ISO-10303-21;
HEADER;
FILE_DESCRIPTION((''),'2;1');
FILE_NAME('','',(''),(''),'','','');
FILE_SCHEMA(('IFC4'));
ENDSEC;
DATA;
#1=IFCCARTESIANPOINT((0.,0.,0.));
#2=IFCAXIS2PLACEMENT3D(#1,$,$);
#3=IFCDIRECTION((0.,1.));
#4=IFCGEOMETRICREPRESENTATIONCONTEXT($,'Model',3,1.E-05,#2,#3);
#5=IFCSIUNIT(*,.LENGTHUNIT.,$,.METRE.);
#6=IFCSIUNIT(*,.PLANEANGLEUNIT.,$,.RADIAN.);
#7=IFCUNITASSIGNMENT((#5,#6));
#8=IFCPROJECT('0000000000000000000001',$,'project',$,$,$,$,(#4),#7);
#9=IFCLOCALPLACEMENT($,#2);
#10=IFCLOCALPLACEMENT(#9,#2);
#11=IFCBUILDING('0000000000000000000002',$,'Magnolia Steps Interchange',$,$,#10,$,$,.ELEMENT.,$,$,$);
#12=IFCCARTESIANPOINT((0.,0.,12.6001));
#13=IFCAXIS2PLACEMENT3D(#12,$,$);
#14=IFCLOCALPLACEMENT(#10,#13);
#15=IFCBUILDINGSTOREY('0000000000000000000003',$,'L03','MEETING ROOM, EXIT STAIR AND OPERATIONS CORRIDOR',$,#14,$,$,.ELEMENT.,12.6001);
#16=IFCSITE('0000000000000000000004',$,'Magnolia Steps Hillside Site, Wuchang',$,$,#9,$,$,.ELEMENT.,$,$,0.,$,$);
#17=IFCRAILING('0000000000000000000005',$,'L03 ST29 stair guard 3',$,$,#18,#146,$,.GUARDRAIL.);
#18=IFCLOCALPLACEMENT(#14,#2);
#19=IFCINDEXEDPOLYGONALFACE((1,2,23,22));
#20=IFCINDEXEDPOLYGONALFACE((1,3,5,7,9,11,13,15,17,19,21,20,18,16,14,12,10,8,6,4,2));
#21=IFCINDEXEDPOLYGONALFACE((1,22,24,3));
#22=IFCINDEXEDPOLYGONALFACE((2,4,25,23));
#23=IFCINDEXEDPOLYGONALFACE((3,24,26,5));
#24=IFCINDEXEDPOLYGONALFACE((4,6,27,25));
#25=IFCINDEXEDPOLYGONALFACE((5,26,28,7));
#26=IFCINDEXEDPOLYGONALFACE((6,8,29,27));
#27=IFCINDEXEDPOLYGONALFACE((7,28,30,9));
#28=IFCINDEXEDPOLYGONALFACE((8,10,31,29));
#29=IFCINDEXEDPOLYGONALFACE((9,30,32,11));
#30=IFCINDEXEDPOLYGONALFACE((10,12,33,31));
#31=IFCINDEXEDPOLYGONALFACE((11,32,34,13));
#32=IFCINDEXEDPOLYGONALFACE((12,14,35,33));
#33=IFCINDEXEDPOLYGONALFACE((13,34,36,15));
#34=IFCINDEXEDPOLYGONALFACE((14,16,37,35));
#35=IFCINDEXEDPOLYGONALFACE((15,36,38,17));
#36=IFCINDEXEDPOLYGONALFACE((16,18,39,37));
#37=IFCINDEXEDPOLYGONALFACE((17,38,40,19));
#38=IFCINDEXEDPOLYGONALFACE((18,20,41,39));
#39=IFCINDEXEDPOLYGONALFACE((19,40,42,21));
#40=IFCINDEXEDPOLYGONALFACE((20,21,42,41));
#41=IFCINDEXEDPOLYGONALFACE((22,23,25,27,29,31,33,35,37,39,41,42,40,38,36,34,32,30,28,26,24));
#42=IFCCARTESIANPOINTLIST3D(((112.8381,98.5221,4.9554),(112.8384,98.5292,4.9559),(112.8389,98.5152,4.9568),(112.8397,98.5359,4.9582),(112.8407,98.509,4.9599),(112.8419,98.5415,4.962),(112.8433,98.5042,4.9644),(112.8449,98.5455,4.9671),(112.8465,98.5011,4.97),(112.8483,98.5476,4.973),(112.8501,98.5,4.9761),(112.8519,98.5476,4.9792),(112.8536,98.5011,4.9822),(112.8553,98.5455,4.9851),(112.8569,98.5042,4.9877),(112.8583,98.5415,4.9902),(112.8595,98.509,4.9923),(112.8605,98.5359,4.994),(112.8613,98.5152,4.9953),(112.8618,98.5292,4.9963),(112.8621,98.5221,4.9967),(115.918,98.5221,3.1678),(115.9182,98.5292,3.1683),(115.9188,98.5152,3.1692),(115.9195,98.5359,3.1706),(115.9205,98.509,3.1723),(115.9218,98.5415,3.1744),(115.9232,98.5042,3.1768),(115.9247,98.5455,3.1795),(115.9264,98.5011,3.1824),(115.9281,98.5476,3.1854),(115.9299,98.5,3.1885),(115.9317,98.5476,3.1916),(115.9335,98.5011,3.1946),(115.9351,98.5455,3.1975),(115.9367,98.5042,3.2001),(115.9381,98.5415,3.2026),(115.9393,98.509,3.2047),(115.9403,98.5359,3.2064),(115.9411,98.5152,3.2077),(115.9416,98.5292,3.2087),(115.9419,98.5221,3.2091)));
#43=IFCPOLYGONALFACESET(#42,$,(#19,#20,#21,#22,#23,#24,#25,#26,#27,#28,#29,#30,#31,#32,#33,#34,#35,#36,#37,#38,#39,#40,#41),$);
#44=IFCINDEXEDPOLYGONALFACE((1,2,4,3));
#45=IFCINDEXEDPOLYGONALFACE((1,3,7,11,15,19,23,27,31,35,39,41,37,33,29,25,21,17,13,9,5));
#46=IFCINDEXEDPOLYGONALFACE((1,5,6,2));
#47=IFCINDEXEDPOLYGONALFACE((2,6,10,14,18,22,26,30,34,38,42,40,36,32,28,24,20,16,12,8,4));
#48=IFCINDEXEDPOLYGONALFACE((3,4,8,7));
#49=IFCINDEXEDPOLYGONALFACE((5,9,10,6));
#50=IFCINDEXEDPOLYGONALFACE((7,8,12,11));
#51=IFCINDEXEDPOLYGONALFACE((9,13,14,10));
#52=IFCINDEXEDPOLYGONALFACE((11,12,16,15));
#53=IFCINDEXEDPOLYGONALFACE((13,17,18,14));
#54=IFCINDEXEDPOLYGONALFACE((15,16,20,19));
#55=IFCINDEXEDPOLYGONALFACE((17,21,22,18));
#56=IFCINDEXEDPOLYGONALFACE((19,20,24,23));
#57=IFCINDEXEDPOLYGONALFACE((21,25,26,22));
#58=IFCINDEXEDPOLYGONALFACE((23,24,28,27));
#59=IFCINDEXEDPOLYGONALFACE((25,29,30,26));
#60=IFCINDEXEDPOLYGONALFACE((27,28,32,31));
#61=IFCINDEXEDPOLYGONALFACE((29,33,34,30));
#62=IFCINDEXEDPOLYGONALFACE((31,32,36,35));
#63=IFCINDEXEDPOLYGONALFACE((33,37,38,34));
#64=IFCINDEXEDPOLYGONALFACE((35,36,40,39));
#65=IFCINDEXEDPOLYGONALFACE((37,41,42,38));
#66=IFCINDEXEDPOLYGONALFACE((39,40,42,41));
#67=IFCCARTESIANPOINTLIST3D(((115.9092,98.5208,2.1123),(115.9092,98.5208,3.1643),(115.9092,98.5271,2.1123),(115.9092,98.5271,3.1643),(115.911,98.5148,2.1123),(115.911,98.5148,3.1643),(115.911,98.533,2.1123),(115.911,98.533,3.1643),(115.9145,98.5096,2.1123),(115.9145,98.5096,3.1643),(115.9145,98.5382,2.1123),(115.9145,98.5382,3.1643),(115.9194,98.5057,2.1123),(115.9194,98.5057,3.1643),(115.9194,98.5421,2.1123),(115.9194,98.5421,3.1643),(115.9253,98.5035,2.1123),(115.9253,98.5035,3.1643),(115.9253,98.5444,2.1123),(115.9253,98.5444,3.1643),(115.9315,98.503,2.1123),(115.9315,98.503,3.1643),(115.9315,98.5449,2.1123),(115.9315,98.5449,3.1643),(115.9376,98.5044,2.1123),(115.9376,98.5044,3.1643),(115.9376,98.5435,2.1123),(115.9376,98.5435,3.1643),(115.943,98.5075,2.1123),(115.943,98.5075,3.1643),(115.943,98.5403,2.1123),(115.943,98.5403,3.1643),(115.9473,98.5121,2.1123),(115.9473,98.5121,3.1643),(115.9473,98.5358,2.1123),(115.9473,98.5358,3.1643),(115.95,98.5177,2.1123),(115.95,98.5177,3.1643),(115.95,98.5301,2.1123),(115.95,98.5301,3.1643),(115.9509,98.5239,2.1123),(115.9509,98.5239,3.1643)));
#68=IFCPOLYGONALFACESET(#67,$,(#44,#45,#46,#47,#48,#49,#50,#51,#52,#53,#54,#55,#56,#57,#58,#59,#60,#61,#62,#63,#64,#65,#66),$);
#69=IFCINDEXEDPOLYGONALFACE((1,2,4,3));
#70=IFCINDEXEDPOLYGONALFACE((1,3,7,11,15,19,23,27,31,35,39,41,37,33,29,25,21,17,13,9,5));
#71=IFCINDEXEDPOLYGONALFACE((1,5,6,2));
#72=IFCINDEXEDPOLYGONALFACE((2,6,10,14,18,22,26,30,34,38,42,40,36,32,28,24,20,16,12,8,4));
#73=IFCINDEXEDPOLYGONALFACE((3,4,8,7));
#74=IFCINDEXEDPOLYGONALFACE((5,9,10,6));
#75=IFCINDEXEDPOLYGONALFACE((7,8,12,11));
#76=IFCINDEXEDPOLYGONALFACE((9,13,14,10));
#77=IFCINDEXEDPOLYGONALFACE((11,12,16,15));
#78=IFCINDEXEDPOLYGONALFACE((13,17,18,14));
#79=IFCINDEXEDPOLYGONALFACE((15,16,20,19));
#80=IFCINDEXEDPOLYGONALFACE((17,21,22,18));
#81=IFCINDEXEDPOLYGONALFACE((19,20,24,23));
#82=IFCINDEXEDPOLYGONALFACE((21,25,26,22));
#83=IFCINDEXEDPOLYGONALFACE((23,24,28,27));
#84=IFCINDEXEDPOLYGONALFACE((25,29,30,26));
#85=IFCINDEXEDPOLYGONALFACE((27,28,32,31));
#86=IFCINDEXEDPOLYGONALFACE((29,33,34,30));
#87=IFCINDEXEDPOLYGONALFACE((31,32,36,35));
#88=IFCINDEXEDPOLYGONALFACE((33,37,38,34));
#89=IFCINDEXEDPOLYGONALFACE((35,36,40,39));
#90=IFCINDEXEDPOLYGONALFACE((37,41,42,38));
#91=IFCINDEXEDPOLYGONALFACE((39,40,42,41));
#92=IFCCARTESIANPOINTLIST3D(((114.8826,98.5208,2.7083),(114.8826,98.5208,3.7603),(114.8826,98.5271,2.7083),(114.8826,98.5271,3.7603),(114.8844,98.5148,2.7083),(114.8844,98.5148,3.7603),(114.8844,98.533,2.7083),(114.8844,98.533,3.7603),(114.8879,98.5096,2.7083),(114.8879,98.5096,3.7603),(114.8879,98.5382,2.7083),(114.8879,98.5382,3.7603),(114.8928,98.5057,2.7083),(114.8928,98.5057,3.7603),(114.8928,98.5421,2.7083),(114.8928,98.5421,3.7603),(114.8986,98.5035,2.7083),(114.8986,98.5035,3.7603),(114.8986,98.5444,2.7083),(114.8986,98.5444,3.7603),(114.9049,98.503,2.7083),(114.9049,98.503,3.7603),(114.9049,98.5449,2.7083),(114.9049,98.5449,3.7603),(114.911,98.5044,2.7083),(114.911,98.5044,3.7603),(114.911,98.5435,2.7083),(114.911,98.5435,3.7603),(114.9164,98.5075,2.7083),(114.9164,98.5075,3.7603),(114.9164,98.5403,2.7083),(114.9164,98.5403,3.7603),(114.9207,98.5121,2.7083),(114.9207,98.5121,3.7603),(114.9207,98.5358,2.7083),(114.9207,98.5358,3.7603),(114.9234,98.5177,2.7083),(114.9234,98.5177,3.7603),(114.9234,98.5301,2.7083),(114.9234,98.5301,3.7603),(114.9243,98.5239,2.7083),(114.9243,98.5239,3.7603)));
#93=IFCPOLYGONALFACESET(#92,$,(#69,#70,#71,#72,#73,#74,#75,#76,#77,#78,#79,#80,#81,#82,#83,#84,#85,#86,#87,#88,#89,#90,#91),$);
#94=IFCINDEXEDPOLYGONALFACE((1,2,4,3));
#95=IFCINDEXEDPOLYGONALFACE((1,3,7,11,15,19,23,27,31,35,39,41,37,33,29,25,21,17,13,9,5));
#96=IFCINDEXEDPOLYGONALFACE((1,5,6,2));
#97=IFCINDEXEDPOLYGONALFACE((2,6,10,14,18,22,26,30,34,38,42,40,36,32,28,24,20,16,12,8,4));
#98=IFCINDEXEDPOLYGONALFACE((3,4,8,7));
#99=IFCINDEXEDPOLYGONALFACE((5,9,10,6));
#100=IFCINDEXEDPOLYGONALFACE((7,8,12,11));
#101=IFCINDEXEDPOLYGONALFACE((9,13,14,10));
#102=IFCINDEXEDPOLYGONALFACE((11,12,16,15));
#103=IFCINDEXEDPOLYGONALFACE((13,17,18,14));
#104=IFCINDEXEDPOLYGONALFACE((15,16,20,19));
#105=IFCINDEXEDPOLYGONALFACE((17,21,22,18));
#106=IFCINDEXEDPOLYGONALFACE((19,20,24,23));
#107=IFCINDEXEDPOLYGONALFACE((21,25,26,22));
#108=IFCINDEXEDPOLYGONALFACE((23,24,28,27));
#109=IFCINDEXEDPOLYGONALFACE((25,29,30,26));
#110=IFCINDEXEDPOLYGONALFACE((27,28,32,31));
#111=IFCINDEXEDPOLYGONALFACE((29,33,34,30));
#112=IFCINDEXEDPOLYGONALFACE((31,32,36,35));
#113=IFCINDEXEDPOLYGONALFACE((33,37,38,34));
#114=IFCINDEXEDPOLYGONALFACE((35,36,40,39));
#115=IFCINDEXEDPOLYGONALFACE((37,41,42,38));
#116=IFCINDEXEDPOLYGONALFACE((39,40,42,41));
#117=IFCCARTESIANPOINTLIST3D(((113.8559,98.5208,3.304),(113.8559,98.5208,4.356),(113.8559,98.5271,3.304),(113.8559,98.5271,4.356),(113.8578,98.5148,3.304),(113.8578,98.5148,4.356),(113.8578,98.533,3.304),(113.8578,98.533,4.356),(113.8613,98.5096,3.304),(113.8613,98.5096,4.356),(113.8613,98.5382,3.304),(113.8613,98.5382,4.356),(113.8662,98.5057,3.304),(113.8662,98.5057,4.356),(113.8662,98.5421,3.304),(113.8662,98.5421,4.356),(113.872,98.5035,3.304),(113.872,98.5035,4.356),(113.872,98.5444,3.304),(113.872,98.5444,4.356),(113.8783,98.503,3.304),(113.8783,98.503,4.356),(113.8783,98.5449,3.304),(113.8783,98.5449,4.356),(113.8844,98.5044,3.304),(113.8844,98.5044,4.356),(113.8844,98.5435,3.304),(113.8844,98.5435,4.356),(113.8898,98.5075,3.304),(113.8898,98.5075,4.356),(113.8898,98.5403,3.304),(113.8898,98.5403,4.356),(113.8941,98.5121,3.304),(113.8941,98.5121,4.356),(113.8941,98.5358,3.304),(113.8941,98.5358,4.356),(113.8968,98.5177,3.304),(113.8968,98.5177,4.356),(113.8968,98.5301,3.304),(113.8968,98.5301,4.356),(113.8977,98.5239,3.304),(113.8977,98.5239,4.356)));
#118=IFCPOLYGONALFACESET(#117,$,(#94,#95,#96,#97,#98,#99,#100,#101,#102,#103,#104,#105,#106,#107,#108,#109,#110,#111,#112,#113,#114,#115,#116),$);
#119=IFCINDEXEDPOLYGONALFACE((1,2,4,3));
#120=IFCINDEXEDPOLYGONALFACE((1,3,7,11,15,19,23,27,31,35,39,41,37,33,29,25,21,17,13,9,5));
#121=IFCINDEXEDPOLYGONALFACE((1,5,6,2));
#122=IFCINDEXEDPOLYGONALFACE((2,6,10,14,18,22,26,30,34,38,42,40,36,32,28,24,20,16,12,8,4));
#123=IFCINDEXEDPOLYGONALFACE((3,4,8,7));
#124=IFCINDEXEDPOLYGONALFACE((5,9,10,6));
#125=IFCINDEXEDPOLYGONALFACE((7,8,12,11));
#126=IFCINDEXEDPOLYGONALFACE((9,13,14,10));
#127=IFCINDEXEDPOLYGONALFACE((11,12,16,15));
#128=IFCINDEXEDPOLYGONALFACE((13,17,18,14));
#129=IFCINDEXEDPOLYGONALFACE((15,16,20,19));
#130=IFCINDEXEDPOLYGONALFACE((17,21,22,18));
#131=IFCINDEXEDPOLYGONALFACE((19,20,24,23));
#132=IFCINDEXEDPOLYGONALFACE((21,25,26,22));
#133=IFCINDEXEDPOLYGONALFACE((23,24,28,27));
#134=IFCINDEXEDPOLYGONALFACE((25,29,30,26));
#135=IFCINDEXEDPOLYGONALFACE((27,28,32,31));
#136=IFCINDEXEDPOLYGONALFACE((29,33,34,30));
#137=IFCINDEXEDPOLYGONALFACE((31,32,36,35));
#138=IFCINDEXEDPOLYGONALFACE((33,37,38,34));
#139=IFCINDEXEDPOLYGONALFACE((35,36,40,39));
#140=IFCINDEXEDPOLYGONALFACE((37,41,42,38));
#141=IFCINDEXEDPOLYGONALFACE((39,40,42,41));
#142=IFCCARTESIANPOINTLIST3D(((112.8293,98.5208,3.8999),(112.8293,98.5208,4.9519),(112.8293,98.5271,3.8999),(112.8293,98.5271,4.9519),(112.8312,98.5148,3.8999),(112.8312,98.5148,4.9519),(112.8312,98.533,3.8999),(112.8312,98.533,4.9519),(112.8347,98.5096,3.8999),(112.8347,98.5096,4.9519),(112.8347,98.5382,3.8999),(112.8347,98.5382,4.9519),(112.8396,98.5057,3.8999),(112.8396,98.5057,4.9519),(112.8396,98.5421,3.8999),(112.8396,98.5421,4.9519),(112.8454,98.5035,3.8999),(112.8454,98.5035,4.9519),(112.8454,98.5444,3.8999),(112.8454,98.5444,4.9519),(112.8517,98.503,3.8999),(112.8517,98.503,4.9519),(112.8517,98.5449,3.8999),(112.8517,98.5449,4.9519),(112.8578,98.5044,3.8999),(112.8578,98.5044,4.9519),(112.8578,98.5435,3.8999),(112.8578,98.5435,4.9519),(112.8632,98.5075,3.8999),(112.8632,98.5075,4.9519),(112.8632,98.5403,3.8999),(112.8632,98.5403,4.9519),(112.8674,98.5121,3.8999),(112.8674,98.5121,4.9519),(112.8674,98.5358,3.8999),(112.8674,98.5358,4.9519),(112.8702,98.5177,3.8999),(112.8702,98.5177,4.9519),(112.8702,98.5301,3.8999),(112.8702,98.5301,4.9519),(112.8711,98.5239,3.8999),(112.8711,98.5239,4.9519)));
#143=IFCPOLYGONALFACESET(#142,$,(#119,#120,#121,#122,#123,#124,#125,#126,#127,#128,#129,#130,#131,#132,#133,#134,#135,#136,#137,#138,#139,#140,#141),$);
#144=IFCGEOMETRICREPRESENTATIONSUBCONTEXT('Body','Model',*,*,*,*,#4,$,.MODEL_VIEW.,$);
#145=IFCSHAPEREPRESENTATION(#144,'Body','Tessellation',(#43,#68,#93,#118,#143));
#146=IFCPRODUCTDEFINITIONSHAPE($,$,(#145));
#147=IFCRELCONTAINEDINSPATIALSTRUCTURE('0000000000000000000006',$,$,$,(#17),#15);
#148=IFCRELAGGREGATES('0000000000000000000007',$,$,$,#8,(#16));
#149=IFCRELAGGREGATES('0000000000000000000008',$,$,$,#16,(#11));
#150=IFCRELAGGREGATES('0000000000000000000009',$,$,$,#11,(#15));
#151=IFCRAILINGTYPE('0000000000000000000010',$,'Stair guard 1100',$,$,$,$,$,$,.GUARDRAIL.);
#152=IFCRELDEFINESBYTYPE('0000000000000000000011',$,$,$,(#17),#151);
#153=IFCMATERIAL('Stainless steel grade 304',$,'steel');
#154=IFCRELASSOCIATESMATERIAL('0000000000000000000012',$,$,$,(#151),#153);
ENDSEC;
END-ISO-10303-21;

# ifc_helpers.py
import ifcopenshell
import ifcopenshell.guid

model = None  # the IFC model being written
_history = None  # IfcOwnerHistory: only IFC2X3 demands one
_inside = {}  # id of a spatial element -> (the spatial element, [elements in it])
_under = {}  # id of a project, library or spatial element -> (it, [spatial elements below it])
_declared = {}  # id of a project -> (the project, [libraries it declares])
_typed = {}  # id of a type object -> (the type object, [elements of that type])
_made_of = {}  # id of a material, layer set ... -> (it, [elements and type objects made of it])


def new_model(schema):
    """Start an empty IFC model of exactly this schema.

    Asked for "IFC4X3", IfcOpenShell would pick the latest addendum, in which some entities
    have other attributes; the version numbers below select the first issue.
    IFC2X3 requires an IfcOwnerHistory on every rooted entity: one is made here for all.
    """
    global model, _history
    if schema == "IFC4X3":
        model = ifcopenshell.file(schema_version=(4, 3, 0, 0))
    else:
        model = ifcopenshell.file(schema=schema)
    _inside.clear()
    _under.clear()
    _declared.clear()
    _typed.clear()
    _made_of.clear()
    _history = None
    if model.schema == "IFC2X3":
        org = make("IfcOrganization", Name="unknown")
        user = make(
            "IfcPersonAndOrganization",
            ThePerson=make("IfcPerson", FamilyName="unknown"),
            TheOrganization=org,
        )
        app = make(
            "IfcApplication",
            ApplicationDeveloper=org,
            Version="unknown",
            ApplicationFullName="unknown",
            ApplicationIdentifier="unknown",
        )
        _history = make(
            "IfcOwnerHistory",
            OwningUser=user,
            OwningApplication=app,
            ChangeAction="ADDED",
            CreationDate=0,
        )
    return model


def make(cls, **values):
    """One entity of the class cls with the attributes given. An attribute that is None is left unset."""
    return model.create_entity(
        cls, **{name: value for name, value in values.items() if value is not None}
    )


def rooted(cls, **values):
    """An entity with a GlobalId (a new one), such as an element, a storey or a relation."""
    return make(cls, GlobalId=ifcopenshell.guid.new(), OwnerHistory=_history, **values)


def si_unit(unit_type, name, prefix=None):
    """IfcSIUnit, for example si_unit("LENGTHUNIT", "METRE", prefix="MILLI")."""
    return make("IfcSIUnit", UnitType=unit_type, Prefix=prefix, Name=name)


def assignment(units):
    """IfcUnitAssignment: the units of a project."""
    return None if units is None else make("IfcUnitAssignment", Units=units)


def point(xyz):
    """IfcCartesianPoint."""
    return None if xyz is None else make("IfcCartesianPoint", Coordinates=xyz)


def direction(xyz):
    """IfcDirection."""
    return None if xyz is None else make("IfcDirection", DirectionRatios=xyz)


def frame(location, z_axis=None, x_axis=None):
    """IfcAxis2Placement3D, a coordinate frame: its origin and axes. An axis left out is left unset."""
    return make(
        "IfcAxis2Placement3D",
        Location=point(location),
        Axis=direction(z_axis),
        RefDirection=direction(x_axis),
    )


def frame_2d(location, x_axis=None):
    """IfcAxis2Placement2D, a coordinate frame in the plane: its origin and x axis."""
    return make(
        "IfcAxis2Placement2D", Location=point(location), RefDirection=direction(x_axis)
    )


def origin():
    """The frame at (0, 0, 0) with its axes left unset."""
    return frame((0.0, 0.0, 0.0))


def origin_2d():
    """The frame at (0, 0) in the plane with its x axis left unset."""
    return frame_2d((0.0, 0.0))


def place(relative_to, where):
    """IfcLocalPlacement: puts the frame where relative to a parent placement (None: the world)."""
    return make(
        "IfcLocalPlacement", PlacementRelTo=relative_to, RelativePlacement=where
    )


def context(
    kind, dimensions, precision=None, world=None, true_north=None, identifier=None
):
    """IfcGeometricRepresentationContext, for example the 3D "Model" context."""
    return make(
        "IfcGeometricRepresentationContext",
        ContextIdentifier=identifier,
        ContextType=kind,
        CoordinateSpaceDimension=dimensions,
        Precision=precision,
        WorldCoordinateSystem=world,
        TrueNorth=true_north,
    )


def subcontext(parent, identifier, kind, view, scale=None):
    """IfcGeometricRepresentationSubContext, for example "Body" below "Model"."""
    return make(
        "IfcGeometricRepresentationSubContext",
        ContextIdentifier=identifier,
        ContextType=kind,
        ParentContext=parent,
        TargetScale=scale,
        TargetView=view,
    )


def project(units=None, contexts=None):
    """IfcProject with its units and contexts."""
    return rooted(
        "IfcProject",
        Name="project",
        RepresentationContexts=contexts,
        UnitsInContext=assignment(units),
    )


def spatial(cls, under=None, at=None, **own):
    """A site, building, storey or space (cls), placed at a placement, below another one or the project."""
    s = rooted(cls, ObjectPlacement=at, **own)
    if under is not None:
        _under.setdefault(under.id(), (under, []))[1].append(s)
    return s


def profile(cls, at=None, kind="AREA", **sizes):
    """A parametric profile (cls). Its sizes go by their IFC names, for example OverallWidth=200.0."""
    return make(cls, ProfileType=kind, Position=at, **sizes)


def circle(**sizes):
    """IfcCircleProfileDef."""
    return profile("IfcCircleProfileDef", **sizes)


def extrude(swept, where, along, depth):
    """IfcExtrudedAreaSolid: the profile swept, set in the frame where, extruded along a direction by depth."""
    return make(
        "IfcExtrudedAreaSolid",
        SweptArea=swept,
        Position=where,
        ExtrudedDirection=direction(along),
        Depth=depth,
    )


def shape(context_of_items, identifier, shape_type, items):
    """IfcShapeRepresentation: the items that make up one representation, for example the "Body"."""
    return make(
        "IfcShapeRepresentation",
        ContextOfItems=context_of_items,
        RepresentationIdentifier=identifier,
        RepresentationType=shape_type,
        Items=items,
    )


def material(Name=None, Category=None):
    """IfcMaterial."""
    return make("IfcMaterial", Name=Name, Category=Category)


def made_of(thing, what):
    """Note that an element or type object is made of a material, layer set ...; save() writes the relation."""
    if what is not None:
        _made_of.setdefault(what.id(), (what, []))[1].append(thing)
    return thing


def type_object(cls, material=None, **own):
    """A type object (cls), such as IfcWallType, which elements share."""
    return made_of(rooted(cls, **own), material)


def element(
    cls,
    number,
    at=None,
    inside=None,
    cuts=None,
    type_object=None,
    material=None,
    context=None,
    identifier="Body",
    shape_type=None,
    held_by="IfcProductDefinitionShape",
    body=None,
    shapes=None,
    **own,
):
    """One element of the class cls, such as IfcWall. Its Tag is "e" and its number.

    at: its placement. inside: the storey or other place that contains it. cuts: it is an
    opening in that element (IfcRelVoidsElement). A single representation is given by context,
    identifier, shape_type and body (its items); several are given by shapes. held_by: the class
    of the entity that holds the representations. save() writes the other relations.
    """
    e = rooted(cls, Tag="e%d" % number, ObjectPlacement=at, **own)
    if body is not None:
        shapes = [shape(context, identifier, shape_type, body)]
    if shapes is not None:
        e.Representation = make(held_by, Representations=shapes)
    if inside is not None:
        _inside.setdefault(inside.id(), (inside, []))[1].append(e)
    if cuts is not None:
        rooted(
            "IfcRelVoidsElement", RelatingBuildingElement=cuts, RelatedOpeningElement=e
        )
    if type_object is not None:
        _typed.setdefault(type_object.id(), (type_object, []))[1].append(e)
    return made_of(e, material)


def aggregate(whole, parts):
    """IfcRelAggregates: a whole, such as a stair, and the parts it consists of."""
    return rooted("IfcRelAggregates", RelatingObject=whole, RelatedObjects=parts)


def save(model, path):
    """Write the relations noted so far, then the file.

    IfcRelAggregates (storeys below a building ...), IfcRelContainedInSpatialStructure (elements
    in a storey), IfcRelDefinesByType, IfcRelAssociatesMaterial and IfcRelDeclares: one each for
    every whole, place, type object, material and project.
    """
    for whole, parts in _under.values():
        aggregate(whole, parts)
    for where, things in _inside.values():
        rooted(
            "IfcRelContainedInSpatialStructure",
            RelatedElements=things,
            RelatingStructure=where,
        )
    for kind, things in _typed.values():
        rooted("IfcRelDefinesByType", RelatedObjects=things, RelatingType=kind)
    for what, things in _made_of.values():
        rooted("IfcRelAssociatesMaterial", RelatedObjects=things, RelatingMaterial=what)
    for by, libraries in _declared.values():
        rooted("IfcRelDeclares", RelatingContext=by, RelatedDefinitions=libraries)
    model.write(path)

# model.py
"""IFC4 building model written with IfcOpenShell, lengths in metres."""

from ifc_helpers import new_model, si_unit, direction, frame, origin, origin_2d, place, context, subcontext, project, spatial, circle, extrude, material, type_object, element, save


model = new_model("IFC4")

# Units and contexts
model_context = context("Model", 3, precision=1e-05, world=origin(), true_north=direction((0.0, 1.0)))
body_context = subcontext(model_context, "Body", "Model", "MODEL_VIEW")
ifc_project = project(units=[si_unit("LENGTHUNIT", "METRE"), si_unit("PLANEANGLEUNIT", "RADIAN")], contexts=[model_context])

# Site, building, storey
site_placement = place(None, origin())
site = spatial("IfcSite", under=ifc_project, at=site_placement, Name="Magnolia Steps Hillside Site, Wuchang", CompositionType="ELEMENT", RefElevation=0.0)
building_placement = place(site_placement, origin())
building = spatial("IfcBuilding", under=site, at=building_placement, Name="Magnolia Steps Interchange", CompositionType="ELEMENT")
storey_placement = place(building_placement, frame((0.0, 0.0, 12.6001)))
storey = spatial("IfcBuildingStorey", under=building, at=storey_placement, Name="L03", Description="MEETING ROOM, EXIT STAIR AND OPERATIONS CORRIDOR", CompositionType="ELEMENT", Elevation=12.6001)

# Railing
ifc_material_1 = material(Name="Stainless steel grade 304", Category="steel")
railing_type = type_object("IfcRailingType", Name="Stair guard 1100", PredefinedType="GUARDRAIL", material=ifc_material_1)
railing_1_placement = place(storey_placement, frame((115.9299, 98.5239, 2.1123)))
element("IfcRailing", 1, at=railing_1_placement, inside=storey, type_object=railing_type, Name="L03 ST29 stair guard 3", PredefinedType="GUARDRAIL", context=body_context, shape_type="SweptSolid", body=[
    extrude(circle(Radius=0.0239, at=origin_2d()), frame((0.0, 0.0, 1.0762), z_axis=(-0.864873, 0.0, 0.50199), x_axis=(0.0, -1.0, 0.0)), (0.0, 0.0, 1.0), 3.561),
    extrude(circle(Radius=0.021, at=origin_2d()), origin(), (0.0, 0.0, 1.0), 1.052),
    extrude(circle(Radius=0.021, at=origin_2d()), frame((-1.0266, 0.0, 0.5959)), (0.0, 0.0, 1.0), 1.052),
    extrude(circle(Radius=0.021, at=origin_2d()), frame((-2.0532, 0.0, 1.1917)), (0.0, 0.0, 1.0), 1.052),
    extrude(circle(Radius=0.021, at=origin_2d()), frame((-3.0798, 0.0, 1.7876)), (0.0, 0.0, 1.0), 1.052),
])

save(model, "model.ifc")
